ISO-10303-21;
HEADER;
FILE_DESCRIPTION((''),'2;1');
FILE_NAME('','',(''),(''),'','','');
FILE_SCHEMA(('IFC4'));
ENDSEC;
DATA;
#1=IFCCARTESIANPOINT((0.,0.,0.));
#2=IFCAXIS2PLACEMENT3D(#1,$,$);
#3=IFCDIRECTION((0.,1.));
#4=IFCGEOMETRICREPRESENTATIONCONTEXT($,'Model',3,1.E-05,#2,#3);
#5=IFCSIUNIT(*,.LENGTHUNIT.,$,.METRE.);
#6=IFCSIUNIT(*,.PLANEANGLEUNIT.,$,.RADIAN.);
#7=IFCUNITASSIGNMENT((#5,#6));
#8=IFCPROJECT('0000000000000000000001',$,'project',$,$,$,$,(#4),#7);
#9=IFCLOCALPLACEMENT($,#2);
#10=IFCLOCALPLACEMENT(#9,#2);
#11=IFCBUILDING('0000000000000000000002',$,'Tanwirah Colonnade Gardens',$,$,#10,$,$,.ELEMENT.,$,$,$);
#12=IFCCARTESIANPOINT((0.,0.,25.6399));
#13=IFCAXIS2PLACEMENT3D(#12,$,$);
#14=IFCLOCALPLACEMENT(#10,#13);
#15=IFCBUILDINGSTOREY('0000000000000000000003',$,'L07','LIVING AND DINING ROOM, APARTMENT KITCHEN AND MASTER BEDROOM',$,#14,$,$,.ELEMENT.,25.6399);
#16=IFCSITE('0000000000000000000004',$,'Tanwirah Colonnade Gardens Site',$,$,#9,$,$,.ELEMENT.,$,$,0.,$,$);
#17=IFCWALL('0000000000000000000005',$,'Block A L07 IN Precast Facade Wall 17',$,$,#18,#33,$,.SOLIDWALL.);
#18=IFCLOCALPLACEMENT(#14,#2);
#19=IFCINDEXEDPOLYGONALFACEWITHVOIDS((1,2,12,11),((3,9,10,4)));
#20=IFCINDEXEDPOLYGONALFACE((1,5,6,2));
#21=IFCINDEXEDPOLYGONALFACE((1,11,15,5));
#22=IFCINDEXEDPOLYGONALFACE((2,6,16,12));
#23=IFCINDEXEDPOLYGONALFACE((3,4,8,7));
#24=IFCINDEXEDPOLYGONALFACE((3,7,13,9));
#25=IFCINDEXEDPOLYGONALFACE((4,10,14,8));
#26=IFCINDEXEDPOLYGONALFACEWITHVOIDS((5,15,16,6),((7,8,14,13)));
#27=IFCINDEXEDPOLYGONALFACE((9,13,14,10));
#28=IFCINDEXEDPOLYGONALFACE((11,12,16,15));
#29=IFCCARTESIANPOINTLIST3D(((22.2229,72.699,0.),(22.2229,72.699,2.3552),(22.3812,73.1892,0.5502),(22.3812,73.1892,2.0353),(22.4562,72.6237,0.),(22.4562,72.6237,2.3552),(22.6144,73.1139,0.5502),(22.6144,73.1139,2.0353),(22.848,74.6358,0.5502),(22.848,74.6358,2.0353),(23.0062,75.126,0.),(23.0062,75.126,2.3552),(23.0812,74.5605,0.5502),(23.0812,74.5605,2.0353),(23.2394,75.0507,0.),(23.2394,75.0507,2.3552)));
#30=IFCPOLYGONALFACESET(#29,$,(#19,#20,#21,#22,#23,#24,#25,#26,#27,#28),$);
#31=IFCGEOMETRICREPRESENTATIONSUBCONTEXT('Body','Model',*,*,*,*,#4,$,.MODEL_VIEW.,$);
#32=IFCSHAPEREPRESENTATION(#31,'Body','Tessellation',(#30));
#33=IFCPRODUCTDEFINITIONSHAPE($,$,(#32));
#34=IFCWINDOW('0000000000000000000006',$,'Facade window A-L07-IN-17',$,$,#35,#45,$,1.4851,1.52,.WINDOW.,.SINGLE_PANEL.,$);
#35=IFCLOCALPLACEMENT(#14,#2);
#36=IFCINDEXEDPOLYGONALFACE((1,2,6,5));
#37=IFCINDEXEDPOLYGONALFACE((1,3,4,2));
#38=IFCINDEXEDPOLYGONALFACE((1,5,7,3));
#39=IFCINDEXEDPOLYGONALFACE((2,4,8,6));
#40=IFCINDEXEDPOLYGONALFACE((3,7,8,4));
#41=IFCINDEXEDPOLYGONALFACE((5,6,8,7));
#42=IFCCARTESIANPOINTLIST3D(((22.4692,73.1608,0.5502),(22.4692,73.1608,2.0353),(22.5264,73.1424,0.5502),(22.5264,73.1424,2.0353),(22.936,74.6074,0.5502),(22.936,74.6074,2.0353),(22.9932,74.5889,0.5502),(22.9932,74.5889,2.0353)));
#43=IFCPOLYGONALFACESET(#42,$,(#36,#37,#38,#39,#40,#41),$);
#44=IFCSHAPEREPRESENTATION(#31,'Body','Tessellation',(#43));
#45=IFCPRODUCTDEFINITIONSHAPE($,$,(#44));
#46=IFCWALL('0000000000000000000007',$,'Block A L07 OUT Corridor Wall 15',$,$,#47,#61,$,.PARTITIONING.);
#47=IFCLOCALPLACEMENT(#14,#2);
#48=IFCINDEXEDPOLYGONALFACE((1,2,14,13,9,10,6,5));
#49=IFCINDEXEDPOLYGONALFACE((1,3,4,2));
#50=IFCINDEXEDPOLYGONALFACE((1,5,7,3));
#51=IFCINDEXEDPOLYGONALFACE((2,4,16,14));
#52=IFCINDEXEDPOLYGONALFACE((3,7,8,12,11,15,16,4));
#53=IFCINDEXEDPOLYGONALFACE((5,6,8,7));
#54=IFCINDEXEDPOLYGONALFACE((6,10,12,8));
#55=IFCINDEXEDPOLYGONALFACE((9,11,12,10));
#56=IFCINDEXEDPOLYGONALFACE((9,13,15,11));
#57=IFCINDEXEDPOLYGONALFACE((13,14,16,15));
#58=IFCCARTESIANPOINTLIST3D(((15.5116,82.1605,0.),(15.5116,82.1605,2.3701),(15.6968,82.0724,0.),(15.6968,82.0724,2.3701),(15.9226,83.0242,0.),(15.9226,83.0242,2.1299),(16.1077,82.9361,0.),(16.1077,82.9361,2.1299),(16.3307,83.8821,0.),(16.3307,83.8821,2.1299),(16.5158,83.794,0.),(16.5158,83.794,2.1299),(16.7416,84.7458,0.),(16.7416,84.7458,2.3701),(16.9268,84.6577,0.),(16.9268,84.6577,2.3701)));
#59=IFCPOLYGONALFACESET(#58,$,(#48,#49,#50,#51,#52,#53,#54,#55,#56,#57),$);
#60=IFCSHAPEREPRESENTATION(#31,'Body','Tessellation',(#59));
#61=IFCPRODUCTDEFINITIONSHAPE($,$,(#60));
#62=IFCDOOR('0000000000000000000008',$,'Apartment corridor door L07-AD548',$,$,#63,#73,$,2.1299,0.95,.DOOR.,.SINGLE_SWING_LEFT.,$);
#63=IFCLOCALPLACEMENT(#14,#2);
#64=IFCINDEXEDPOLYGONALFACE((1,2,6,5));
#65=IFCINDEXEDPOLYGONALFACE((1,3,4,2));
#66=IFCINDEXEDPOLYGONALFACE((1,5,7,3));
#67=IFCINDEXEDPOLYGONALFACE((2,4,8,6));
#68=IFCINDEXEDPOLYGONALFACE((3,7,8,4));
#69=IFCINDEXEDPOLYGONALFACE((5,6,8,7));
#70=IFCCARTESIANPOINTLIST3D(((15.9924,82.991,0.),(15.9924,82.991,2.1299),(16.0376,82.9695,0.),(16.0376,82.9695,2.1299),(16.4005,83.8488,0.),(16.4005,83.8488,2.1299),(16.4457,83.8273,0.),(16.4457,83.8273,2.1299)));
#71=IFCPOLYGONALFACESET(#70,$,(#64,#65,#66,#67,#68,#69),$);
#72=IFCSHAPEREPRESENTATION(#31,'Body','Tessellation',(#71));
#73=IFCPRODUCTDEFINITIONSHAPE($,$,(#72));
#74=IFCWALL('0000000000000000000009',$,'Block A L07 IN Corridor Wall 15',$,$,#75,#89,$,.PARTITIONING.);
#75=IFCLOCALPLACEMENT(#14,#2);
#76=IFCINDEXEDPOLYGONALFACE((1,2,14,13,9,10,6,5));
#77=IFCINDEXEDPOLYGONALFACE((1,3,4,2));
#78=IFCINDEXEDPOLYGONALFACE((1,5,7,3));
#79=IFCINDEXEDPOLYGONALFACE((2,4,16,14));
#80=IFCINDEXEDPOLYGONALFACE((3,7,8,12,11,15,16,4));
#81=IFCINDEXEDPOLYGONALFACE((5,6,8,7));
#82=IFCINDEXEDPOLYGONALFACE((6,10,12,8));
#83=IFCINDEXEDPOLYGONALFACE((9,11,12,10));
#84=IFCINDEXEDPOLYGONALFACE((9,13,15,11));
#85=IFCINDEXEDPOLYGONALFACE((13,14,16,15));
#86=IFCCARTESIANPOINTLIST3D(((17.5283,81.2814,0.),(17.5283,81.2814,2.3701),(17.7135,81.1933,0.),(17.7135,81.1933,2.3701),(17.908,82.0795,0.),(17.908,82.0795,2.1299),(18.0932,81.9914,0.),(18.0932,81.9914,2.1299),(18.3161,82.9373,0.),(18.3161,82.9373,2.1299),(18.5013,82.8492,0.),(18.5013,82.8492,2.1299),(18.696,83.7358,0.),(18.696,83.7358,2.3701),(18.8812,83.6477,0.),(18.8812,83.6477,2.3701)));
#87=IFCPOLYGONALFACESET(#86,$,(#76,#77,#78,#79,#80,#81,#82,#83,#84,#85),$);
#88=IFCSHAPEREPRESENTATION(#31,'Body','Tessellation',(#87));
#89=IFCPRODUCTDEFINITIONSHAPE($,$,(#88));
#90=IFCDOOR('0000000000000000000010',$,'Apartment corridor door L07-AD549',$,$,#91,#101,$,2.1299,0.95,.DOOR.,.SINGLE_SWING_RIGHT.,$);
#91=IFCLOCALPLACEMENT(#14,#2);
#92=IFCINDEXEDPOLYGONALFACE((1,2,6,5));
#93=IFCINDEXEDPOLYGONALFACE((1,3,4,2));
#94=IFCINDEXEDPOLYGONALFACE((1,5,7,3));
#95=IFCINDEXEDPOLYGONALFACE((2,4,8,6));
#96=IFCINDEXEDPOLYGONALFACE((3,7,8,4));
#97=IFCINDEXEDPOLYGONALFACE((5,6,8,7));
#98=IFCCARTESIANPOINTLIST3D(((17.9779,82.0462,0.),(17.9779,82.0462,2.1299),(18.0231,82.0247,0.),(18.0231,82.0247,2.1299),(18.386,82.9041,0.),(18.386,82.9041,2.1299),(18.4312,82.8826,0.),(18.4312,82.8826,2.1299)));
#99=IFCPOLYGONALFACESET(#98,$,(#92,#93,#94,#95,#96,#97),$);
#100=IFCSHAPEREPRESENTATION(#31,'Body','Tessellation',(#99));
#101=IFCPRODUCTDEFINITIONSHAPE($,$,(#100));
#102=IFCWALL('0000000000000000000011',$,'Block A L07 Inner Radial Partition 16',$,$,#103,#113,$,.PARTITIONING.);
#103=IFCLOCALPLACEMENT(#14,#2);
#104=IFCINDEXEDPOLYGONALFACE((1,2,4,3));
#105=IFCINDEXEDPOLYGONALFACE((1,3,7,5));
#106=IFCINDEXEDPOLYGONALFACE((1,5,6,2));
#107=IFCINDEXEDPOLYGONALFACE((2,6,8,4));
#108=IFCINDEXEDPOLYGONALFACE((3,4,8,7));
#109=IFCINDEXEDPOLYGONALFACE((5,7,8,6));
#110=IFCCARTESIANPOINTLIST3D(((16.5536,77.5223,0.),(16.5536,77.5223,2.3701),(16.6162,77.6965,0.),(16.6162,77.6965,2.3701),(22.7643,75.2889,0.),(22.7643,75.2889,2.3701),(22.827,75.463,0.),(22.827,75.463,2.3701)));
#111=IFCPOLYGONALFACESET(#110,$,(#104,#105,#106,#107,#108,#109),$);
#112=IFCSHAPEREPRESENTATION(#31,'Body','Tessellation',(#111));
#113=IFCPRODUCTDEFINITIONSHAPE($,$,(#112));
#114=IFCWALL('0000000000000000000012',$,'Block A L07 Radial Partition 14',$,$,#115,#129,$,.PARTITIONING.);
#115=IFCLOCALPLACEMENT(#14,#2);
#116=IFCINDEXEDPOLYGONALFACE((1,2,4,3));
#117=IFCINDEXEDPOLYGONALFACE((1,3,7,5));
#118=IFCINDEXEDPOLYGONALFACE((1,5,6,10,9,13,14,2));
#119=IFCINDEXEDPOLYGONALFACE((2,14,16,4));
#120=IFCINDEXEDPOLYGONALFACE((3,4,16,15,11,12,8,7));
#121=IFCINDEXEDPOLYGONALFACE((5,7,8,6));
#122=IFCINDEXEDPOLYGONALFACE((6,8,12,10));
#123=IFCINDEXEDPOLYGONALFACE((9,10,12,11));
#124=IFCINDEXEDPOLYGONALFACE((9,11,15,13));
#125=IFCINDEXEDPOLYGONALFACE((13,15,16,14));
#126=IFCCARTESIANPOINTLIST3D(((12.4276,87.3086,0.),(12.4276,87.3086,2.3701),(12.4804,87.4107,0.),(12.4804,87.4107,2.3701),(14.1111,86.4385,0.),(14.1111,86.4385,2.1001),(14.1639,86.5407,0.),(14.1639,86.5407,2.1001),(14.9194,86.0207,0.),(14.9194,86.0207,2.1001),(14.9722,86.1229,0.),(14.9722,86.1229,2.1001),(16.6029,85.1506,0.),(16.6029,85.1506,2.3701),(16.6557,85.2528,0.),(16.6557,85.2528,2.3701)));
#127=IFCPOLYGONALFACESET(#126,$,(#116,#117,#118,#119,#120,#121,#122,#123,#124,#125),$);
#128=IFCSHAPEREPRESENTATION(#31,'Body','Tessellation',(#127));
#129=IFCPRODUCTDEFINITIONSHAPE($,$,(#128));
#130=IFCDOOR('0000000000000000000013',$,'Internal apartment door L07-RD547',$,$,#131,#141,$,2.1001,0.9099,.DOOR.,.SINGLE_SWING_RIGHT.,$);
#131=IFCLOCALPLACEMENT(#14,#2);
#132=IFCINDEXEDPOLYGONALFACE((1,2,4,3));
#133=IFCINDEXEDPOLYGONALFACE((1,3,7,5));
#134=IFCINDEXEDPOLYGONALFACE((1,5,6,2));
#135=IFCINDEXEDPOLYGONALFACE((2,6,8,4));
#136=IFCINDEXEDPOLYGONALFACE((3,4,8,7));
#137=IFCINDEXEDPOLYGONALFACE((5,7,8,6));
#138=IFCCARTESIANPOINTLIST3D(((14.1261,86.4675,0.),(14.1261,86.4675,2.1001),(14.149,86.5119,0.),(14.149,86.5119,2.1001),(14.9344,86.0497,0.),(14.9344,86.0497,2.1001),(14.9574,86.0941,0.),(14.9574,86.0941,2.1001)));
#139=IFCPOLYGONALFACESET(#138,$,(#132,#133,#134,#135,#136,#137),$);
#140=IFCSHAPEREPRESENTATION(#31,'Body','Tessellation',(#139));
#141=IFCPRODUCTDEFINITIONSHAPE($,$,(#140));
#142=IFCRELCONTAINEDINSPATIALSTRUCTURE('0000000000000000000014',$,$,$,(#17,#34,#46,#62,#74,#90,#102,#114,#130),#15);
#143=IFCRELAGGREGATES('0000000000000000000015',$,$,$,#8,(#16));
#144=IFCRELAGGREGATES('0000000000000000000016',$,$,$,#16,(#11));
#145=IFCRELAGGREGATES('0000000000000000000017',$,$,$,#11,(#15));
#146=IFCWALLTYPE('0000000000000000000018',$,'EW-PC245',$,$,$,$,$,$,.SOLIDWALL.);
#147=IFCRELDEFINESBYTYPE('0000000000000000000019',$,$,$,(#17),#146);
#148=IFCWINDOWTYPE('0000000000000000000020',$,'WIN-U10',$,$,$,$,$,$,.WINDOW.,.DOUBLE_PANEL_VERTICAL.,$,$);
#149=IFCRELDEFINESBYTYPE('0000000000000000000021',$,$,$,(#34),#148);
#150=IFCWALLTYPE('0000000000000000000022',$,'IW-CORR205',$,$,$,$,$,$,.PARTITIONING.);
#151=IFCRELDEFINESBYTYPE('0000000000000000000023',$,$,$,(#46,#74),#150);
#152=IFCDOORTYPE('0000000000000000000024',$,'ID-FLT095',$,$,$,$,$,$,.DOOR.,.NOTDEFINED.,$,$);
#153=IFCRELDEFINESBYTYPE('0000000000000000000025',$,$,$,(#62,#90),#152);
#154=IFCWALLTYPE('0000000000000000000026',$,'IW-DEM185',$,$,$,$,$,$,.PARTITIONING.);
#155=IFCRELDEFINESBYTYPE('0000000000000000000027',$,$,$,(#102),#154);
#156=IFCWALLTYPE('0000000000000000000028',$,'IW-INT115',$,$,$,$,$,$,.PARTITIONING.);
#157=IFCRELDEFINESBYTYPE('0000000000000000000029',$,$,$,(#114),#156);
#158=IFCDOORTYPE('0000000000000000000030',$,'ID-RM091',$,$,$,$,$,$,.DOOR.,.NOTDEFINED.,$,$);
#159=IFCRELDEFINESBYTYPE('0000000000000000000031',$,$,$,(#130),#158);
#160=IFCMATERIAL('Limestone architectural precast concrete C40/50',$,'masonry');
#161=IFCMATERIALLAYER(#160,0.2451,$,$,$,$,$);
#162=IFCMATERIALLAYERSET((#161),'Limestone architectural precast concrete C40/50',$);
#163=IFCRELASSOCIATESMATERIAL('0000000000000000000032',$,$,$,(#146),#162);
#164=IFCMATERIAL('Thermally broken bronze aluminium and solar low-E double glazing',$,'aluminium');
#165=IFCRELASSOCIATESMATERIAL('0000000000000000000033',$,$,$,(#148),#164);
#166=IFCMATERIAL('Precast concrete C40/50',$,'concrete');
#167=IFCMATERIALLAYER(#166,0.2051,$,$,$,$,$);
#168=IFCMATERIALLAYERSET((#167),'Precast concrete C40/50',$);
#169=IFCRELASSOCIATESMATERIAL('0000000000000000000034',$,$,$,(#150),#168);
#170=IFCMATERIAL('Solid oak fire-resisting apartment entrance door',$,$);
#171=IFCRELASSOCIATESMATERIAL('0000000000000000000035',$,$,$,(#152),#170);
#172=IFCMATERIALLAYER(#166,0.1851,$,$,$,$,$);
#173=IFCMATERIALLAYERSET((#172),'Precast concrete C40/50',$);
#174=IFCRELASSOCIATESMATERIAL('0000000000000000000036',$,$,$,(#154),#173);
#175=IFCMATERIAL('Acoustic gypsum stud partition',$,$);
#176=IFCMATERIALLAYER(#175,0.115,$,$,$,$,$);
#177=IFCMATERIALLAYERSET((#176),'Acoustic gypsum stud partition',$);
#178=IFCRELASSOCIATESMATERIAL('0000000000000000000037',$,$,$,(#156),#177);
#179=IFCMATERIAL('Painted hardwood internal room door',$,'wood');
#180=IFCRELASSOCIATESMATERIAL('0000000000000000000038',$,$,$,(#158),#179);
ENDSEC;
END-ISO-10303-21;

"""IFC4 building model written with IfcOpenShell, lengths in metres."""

from ifc_helpers import new_model, si_unit, direction, frame, frame_2d, origin, place, context, subcontext, project, spatial, rectangle, extrude, material, layer, layer_set, type_object, element, fill, save


model = new_model("IFC4")

# Units and contexts
model_context = context("Model", 3, precision=1e-05, world=origin(), true_north=direction((0.0, 1.0)))
body_context = subcontext(model_context, "Body", "Model", "MODEL_VIEW")
ifc_project = project(units=[si_unit("LENGTHUNIT", "METRE"), si_unit("PLANEANGLEUNIT", "RADIAN")], contexts=[model_context])

# Site, building, storey
site_placement = place(None, origin())
site = spatial("IfcSite", under=ifc_project, at=site_placement, Name="Tanwirah Colonnade Gardens Site", CompositionType="ELEMENT", RefElevation=0.0)
building_placement = place(site_placement, origin())
building = spatial("IfcBuilding", under=site, at=building_placement, Name="Tanwirah Colonnade Gardens", CompositionType="ELEMENT")
storey_placement = place(building_placement, frame((0.0, 0.0, 25.6399)))
storey = spatial("IfcBuildingStorey", under=building, at=storey_placement, Name="L07", Description="LIVING AND DINING ROOM, APARTMENT KITCHEN AND MASTER BEDROOM", CompositionType="ELEMENT", Elevation=25.6399)

# Shared definitions
ifc_material_1 = material(Name="Precast concrete C40/50", Category="concrete")

# Wall, opening, window
ifc_material_2 = material(Name="Limestone architectural precast concrete C40/50", Category="masonry")
ifc_layer_1 = layer(ifc_material_2, 0.2451)
ifc_layer_set_1 = layer_set([ifc_layer_1], Name="Limestone architectural precast concrete C40/50")
wall_type_1 = type_object("IfcWallType", Name="EW-PC245", PredefinedType="SOLIDWALL", material=ifc_layer_set_1)
wall_1_placement = place(storey_placement, frame((23.1228, 75.0884, 0.0), z_axis=(0.0, 0.0, 1.0), x_axis=(-0.307109, -0.951674, 0.0)))
wall_1 = element("IfcWall", 1, at=wall_1_placement, inside=storey, type_object=wall_type_1, Name="Block A L07 IN Precast Facade Wall 17", PredefinedType="SOLIDWALL", context=body_context, shape_type="SweptSolid", body=[
    extrude(rectangle(XDim=2.5503, YDim=0.2451, at=frame_2d((1.2751, 0.0))), origin(), (0.0, 0.0, 1.0), 2.3552),
])
opening_1_placement = place(wall_1_placement, frame((0.5151, 0.0, 0.55)))
opening_1 = element("IfcOpeningElement", 2, at=opening_1_placement, cuts=wall_1, PredefinedType="OPENING", context=body_context, shape_type="SweptSolid", body=[
    extrude(rectangle(XDim=1.52, YDim=1.4851, at=frame_2d((0.76, 0.7427))), frame((0.0, 0.1326, 0.0), z_axis=(0.0, -1.0, 0.0), x_axis=(1.0, 0.0, 0.0)), (0.0, 0.0, 1.0), 0.2651),
])
ifc_material_3 = material(Name="Thermally broken bronze aluminium and solar low-E double glazing", Category="aluminium")
window_type = type_object("IfcWindowType", Name="WIN-U10", PartitioningType="DOUBLE_PANEL_VERTICAL", PredefinedType="WINDOW", material=ifc_material_3)
window_placement = place(opening_1_placement, origin())
window = element("IfcWindow", 3, at=window_placement, inside=storey, type_object=window_type, Name="Facade window A-L07-IN-17", OverallHeight=1.4851, OverallWidth=1.52, PartitioningType="SINGLE_PANEL", PredefinedType="WINDOW", context=body_context, shape_type="SweptSolid", body=[
    extrude(rectangle(XDim=1.52, YDim=1.4851, at=frame_2d((0.76, 0.7427))), frame((0.0, 0.03, 0.0), z_axis=(0.0, -1.0, 0.0), x_axis=(1.0, 0.0, 0.0)), (0.0, 0.0, 1.0), 0.0601),
])
fill(opening_1, window)

# Walls, openings, doors
ifc_layer_2 = layer(ifc_material_1, 0.2051)
ifc_layer_set_2 = layer_set([ifc_layer_2], Name="Precast concrete C40/50")
wall_type_2 = type_object("IfcWallType", Name="IW-CORR205", PredefinedType="PARTITIONING", material=ifc_layer_set_2)
ifc_material_4 = material(Name="Solid oak fire-resisting apartment entrance door")
wall_2_placement = place(storey_placement, frame((16.8342, 84.7019, 0.0), z_axis=(0.0, 0.0, 1.0), x_axis=(-0.429596, -0.903021, 0.0)))
wall_2 = element("IfcWall", 4, at=wall_2_placement, inside=storey, type_object=wall_type_2, Name="Block A L07 OUT Corridor Wall 15", PredefinedType="PARTITIONING", context=body_context, shape_type="SweptSolid", body=[
    extrude(rectangle(XDim=2.863, YDim=0.2051, at=frame_2d((1.4316, 0.0))), origin(), (0.0, 0.0, 1.0), 2.3701),
])
opening_2_placement = place(wall_2_placement, frame((0.9565, 0.0, 0.0)))
opening_2 = element("IfcOpeningElement", 5, at=opening_2_placement, cuts=wall_2, PredefinedType="OPENING", context=body_context, shape_type="SweptSolid", body=[
    extrude(rectangle(XDim=0.95, YDim=2.1299, at=frame_2d((0.4751, 1.0649))), frame((0.0, 0.1125, 0.0), z_axis=(0.0, -1.0, 0.0), x_axis=(1.0, 0.0, 0.0)), (0.0, 0.0, 1.0), 0.2251),
])
door_type_1 = type_object("IfcDoorType", Name="ID-FLT095", OperationType="NOTDEFINED", PredefinedType="DOOR", material=ifc_material_4)
door_1_placement = place(opening_2_placement, origin())
door_1 = element("IfcDoor", 6, at=door_1_placement, inside=storey, type_object=door_type_1, Name="Apartment corridor door L07-AD548", OperationType="SINGLE_SWING_LEFT", OverallHeight=2.1299, OverallWidth=0.95, PredefinedType="DOOR", context=body_context, shape_type="SweptSolid", body=[
    extrude(rectangle(XDim=0.95, YDim=2.1299, at=frame_2d((0.4751, 1.0649))), frame((0.0, 0.0249, 0.0), z_axis=(0.0, -1.0, 0.0), x_axis=(1.0, 0.0, 0.0)), (0.0, 0.0, 1.0), 0.05),
])
fill(opening_2, door_1)
wall_3_placement = place(storey_placement, frame((18.7886, 83.6917, 0.0), z_axis=(0.0, 0.0, 1.0), x_axis=(-0.42963, -0.903005, 0.0)))
wall_3 = element("IfcWall", 7, at=wall_3_placement, inside=storey, type_object=wall_type_2, Name="Block A L07 IN Corridor Wall 15", PredefinedType="PARTITIONING", context=body_context, shape_type="SweptSolid", body=[
    extrude(rectangle(XDim=2.718, YDim=0.2051, at=frame_2d((1.3589, 0.0))), origin(), (0.0, 0.0, 1.0), 2.3701),
])
opening_3_placement = place(wall_3_placement, frame((0.884, 0.0, 0.0)))
opening_3 = element("IfcOpeningElement", 8, at=opening_3_placement, cuts=wall_3, PredefinedType="OPENING", context=body_context, shape_type="SweptSolid", body=[
    extrude(rectangle(XDim=0.95, YDim=2.1299, at=frame_2d((0.4751, 1.0649))), frame((0.0, 0.1125, 0.0), z_axis=(0.0, -1.0, 0.0), x_axis=(1.0, 0.0, 0.0)), (0.0, 0.0, 1.0), 0.2251),
])
door_2_placement = place(opening_3_placement, origin())
door_2 = element("IfcDoor", 9, at=door_2_placement, inside=storey, type_object=door_type_1, Name="Apartment corridor door L07-AD549", OperationType="SINGLE_SWING_RIGHT", OverallHeight=2.1299, OverallWidth=0.95, PredefinedType="DOOR", context=body_context, shape_type="SweptSolid", body=[
    extrude(rectangle(XDim=0.95, YDim=2.1299, at=frame_2d((0.4751, 1.0649))), frame((0.0, 0.0249, 0.0), z_axis=(0.0, -1.0, 0.0), x_axis=(1.0, 0.0, 0.0)), (0.0, 0.0, 1.0), 0.05),
])
fill(opening_3, door_2)

# Wall
ifc_layer_3 = layer(ifc_material_1, 0.1851)
ifc_layer_set_3 = layer_set([ifc_layer_3], Name="Precast concrete C40/50")
wall_type_3 = type_object("IfcWallType", Name="IW-DEM185", PredefinedType="PARTITIONING", material=ifc_layer_set_3)
wall_4_placement = place(storey_placement, frame((22.7957, 75.376, 0.0), z_axis=(0.0, 0.0, 1.0), x_axis=(-0.941006, 0.338391, 0.0)))
element("IfcWall", 10, at=wall_4_placement, inside=storey, type_object=wall_type_3, Name="Block A L07 Inner Radial Partition 16", PredefinedType="PARTITIONING", context=body_context, shape_type="SweptSolid", body=[
    extrude(rectangle(XDim=6.6001, YDim=0.1851, at=frame_2d((3.3, 0.0))), origin(), (0.0, 0.0, 1.0), 2.3701),
])

# Wall, opening, door
ifc_material_5 = material(Name="Acoustic gypsum stud partition")
ifc_layer_4 = layer(ifc_material_5, 0.115)
ifc_layer_set_4 = layer_set([ifc_layer_4], Name="Acoustic gypsum stud partition")
wall_type_4 = type_object("IfcWallType", Name="IW-INT115", PredefinedType="PARTITIONING", material=ifc_layer_set_4)
wall_5_placement = place(storey_placement, frame((16.6294, 85.2017, 0.0), z_axis=(0.0, 0.0, 1.0), x_axis=(-0.888363, 0.459142, 0.0)))
wall_5 = element("IfcWall", 11, at=wall_5_placement, inside=storey, type_object=wall_type_4, Name="Block A L07 Radial Partition 14", PredefinedType="PARTITIONING", context=body_context, shape_type="SweptSolid", body=[
    extrude(rectangle(XDim=4.7, YDim=0.115, at=frame_2d((2.3501, 0.0))), origin(), (0.0, 0.0, 1.0), 2.3701),
])
opening_4_placement = place(wall_5_placement, frame((1.895, 0.0, 0.0)))
opening_4 = element("IfcOpeningElement", 12, at=opening_4_placement, cuts=wall_5, PredefinedType="OPENING", context=body_context, shape_type="SweptSolid", body=[
    extrude(rectangle(XDim=0.9099, YDim=2.1001, at=frame_2d((0.4551, 1.05))), frame((0.0, 0.0674, 0.0), z_axis=(0.0, -1.0, 0.0), x_axis=(1.0, 0.0, 0.0)), (0.0, 0.0, 1.0), 0.135),
])
ifc_material_6 = material(Name="Painted hardwood internal room door", Category="wood")
door_type_2 = type_object("IfcDoorType", Name="ID-RM091", OperationType="NOTDEFINED", PredefinedType="DOOR", material=ifc_material_6)
door_3_placement = place(opening_4_placement, origin())
door_3 = element("IfcDoor", 13, at=door_3_placement, inside=storey, type_object=door_type_2, Name="Internal apartment door L07-RD547", OperationType="SINGLE_SWING_RIGHT", OverallHeight=2.1001, OverallWidth=0.9099, PredefinedType="DOOR", context=body_context, shape_type="SweptSolid", body=[
    extrude(rectangle(XDim=0.9099, YDim=2.1001, at=frame_2d((0.4551, 1.05))), frame((0.0, 0.0249, 0.0), z_axis=(0.0, -1.0, 0.0), x_axis=(1.0, 0.0, 0.0)), (0.0, 0.0, 1.0), 0.05),
])
fill(opening_4, door_3)

save(model, "model.ifc")
